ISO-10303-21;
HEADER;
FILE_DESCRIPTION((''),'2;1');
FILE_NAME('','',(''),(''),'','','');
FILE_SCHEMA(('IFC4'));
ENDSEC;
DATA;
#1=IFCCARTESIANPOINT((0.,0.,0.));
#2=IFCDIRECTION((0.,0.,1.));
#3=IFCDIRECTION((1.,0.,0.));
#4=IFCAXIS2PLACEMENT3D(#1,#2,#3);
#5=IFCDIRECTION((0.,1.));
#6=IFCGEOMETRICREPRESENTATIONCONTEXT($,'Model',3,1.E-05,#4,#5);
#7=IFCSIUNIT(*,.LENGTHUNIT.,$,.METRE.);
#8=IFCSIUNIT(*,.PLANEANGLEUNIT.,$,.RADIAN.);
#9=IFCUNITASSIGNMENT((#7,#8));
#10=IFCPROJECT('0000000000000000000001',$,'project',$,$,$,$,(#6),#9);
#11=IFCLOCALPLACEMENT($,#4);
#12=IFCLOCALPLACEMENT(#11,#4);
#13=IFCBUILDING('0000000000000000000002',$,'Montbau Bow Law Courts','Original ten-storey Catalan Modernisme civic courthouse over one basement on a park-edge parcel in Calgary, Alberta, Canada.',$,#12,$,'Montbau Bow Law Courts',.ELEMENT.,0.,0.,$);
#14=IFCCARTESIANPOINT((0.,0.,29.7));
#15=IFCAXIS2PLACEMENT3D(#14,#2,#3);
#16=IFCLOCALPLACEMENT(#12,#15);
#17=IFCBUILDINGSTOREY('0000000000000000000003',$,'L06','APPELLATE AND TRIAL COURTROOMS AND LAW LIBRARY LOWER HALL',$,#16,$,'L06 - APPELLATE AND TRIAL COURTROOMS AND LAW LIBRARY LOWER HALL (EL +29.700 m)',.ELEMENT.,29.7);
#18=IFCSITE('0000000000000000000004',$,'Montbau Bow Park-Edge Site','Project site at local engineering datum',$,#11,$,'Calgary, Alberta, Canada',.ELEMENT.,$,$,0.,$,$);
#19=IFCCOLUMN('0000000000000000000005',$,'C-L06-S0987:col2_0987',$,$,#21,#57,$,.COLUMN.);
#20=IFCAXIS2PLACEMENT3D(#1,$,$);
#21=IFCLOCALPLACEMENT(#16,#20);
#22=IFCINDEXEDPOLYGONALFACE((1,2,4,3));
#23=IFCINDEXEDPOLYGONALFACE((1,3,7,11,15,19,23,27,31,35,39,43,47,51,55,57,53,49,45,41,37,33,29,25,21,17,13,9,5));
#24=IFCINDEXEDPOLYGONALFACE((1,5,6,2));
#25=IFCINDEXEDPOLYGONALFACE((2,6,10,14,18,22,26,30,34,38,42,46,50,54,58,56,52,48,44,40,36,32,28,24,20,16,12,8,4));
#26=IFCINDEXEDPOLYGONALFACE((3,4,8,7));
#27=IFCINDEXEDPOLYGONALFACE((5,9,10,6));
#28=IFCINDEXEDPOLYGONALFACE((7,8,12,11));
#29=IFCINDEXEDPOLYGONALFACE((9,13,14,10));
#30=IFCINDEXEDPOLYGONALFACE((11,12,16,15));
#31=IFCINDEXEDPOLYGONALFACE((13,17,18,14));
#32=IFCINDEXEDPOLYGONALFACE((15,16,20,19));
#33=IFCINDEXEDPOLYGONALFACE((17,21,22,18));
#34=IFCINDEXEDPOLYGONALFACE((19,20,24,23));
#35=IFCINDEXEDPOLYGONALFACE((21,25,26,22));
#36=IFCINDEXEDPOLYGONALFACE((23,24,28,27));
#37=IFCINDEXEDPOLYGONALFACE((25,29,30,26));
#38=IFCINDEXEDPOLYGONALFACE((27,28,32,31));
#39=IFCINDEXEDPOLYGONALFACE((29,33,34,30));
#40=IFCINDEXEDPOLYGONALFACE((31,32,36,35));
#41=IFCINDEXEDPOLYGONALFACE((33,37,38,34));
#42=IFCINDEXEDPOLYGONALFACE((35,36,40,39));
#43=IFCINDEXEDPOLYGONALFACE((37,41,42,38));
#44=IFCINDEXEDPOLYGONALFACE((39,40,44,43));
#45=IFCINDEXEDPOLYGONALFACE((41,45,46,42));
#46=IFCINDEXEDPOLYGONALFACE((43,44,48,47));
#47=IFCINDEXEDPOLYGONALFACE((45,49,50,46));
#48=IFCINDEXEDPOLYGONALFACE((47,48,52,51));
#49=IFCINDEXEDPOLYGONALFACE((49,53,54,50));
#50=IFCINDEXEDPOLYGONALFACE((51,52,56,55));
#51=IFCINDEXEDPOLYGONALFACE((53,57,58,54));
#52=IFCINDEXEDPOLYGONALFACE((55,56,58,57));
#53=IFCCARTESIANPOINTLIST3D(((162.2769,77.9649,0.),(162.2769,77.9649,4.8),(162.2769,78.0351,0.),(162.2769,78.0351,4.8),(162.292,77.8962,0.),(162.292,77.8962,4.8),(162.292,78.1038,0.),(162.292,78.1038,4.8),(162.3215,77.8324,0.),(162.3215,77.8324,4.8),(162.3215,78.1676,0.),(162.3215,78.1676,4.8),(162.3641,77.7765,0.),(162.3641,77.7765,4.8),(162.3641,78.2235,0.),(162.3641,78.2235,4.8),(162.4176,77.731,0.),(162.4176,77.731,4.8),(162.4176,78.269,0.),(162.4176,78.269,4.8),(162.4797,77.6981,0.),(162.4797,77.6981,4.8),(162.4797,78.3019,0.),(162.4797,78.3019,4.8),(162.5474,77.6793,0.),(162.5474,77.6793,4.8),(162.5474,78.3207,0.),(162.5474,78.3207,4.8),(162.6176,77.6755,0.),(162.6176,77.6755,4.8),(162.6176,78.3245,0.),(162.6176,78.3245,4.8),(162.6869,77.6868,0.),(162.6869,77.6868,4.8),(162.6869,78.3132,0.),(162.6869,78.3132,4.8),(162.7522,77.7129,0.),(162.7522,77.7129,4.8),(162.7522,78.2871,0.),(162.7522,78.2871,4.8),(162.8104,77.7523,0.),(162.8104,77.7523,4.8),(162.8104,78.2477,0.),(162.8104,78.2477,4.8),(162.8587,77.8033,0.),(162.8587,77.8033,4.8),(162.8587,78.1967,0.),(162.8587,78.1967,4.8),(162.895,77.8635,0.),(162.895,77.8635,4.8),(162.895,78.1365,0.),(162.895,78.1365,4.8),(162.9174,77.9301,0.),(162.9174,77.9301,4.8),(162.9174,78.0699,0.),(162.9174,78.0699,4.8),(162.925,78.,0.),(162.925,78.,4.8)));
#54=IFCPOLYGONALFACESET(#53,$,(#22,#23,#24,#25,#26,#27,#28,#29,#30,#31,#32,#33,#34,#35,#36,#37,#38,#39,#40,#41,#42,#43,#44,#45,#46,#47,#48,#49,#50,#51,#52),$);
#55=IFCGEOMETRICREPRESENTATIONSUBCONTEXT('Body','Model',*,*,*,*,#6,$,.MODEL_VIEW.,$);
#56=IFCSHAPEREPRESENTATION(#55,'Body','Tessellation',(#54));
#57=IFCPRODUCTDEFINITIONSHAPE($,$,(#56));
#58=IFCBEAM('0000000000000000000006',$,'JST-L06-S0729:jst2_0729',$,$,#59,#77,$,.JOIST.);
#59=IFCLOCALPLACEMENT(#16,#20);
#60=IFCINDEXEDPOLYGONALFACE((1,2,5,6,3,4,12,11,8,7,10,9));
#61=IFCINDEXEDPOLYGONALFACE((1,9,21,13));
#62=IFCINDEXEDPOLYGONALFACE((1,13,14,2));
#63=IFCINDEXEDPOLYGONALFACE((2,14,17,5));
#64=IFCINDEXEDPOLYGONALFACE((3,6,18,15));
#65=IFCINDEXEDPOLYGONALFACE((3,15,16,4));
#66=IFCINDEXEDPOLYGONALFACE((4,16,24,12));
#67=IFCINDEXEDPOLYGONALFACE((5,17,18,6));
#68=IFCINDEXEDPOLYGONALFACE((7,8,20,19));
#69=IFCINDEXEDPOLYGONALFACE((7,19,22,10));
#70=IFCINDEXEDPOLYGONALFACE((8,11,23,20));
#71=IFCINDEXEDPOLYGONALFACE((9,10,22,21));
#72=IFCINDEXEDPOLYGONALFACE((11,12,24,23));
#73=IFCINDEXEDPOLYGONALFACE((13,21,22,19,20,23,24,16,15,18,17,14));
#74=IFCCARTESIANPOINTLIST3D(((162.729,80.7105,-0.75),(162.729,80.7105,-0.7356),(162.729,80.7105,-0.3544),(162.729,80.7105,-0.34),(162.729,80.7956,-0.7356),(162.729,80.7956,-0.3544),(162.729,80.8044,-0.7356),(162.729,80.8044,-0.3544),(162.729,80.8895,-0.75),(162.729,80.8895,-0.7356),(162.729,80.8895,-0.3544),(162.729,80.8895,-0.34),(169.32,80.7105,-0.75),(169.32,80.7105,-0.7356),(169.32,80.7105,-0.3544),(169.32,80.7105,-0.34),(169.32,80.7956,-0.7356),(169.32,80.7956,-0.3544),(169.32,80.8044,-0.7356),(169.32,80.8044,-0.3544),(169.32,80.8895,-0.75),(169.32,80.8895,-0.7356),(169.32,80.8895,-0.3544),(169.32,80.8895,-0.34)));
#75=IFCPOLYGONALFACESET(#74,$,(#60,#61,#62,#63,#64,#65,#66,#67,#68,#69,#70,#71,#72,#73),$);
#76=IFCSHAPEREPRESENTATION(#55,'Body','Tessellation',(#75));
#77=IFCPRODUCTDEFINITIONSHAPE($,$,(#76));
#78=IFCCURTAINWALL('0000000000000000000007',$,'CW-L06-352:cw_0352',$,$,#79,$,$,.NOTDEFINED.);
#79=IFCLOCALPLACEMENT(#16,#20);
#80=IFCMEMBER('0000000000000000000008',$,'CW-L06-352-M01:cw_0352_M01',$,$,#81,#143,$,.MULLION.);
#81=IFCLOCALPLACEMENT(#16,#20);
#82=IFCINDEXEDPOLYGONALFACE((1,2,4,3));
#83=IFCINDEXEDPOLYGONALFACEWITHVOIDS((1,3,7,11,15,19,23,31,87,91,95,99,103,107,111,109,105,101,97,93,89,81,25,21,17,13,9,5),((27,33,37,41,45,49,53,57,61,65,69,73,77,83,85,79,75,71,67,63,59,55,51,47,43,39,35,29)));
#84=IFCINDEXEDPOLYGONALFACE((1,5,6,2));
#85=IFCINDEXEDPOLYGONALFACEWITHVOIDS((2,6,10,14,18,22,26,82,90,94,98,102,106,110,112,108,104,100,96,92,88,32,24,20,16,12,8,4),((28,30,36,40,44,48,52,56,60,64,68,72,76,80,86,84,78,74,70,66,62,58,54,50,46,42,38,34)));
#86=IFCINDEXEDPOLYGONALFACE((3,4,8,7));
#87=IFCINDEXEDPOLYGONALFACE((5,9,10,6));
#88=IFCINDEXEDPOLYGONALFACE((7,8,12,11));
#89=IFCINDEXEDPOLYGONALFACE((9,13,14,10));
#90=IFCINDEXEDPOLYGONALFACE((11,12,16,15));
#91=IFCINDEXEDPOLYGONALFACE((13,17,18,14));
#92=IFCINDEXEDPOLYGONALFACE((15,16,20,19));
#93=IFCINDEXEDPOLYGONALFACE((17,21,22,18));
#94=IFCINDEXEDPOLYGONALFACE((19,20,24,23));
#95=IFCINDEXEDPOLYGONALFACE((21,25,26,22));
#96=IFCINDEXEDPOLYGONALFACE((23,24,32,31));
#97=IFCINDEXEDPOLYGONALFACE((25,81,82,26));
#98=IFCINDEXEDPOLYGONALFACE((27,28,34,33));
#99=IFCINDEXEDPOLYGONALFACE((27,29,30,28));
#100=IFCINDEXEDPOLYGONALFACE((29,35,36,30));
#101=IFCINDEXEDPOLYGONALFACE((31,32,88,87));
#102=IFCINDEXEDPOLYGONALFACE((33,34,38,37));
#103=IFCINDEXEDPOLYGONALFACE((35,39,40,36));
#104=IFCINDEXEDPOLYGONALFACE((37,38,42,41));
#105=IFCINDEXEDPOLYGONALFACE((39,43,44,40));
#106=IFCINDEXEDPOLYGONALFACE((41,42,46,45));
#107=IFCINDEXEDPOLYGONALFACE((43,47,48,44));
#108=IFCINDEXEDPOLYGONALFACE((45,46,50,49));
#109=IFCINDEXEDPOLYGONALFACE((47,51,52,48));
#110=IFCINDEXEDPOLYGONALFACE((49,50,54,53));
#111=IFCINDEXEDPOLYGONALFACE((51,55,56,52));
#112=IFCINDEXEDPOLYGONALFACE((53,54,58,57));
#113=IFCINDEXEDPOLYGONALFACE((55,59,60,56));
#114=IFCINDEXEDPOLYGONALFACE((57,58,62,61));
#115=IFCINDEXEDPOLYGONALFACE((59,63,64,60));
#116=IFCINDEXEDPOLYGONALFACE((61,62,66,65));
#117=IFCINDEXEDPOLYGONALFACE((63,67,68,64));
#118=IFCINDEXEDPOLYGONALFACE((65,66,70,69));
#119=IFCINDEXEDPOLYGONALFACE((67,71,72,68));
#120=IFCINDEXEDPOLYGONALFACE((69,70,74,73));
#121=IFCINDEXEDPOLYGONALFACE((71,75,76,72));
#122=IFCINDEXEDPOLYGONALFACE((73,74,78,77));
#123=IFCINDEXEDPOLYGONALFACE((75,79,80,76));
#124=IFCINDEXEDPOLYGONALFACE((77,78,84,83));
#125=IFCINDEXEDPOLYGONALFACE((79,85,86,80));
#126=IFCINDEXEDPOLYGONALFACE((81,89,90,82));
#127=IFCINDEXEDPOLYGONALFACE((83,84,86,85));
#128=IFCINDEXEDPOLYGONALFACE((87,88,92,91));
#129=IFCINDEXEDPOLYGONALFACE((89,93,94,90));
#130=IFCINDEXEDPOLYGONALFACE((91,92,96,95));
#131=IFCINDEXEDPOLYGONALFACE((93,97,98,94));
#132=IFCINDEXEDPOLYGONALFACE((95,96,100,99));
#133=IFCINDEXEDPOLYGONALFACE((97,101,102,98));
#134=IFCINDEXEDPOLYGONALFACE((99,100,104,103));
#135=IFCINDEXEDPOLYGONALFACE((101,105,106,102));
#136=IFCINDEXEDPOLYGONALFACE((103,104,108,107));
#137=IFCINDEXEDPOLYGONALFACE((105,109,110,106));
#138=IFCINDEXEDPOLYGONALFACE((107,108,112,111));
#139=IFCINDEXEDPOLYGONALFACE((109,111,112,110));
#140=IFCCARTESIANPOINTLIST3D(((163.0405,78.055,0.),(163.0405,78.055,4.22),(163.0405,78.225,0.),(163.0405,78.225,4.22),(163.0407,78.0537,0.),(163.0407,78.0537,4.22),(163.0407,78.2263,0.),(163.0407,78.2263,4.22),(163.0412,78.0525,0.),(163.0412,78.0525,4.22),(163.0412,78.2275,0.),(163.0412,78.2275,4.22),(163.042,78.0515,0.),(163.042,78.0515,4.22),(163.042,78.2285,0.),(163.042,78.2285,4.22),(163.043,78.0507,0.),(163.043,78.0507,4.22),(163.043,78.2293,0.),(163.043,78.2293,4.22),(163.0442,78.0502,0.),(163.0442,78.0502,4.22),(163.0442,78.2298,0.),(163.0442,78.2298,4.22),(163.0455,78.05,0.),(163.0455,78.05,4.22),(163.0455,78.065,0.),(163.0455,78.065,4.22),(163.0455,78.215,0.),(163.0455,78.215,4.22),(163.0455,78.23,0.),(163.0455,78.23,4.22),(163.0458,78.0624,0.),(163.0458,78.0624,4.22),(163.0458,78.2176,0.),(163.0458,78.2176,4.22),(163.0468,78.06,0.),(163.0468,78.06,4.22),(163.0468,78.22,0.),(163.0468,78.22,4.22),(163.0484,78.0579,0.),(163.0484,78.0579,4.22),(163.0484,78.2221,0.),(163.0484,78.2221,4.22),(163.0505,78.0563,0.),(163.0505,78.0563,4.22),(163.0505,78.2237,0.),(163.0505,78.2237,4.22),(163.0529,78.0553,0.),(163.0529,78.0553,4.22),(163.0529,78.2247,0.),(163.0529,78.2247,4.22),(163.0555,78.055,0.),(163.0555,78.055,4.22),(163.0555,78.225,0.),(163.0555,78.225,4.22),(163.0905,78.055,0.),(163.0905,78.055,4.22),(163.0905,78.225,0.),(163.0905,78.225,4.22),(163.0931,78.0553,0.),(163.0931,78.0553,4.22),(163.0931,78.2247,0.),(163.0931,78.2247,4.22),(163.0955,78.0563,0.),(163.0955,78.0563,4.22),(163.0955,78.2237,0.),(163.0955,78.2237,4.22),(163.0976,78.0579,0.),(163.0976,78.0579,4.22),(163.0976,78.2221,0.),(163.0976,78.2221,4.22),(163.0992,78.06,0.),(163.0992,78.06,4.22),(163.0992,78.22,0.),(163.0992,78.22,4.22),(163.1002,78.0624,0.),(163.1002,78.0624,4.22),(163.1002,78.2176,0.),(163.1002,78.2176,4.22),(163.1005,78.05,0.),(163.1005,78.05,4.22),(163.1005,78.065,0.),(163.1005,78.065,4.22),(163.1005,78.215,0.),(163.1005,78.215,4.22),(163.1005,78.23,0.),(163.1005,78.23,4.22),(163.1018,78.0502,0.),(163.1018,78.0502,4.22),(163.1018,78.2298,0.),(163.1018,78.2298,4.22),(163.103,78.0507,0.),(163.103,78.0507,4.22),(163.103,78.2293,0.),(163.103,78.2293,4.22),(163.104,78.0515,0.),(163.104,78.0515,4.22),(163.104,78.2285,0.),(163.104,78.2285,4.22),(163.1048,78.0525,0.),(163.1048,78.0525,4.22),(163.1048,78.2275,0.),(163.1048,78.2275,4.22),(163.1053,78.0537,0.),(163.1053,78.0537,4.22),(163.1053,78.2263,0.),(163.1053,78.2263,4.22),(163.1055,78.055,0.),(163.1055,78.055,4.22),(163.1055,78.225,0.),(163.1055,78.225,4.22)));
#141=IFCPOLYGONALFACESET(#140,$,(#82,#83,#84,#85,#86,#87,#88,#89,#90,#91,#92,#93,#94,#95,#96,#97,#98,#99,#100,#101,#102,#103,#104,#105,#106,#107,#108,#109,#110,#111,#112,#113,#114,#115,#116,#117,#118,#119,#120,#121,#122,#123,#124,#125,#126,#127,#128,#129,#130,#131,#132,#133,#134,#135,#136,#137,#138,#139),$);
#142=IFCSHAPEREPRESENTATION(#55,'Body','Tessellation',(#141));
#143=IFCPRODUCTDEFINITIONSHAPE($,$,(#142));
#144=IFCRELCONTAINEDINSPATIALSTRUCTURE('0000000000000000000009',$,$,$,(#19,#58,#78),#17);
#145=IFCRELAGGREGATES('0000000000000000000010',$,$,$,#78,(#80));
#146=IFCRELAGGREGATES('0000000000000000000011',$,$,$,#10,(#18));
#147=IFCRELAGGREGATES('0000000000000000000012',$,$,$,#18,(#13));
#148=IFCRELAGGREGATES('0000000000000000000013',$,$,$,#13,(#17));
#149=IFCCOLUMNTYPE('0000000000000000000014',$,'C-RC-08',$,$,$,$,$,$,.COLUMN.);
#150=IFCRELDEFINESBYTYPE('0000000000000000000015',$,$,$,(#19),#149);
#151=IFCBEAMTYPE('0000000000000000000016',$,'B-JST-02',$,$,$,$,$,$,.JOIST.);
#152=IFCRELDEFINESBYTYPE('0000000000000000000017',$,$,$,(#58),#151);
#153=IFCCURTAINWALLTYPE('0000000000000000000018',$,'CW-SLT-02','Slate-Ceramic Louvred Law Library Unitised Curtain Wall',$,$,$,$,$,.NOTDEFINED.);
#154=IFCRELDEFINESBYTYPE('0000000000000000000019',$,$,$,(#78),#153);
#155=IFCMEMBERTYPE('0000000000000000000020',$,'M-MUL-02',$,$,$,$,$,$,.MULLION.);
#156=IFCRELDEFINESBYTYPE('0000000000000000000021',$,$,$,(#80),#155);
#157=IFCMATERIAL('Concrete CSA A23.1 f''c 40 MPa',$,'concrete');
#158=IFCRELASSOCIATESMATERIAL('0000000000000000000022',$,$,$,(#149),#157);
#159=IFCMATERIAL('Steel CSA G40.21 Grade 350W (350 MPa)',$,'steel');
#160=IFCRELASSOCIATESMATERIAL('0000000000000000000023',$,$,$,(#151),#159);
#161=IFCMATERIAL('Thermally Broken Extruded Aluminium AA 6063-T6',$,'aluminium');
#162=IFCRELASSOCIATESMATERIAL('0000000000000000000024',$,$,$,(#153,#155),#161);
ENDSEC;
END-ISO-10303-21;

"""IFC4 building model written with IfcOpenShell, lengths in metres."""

from ifc_helpers import new_model, si_unit, direction, frame, origin_with_axes, origin_2d_with_axis, place, context, subcontext, project, spatial, hollow_rectangle, circle, i_section, extrude, material, material_profile, profile_set, type_object, element, aggregate, save


model = new_model("IFC4")

# Units and contexts
model_context = context("Model", 3, precision=1e-05, world=origin_with_axes(), true_north=direction((0.0, 1.0)))
body_context = subcontext(model_context, "Body", "Model", "MODEL_VIEW")
ifc_project = project(units=[si_unit("LENGTHUNIT", "METRE"), si_unit("PLANEANGLEUNIT", "RADIAN")], contexts=[model_context])

# Site, building, storey
site_placement = place(None, origin_with_axes())
site = spatial("IfcSite", under=ifc_project, at=site_placement, Name="Montbau Bow Park-Edge Site", Description="Project site at local engineering datum", LongName="Calgary, Alberta, Canada", CompositionType="ELEMENT", RefElevation=0.0)
building_placement = place(site_placement, origin_with_axes())
building = spatial("IfcBuilding", under=site, at=building_placement, Name="Montbau Bow Law Courts", Description="Original ten-storey Catalan Modernisme civic courthouse over one basement on a park-edge parcel in Calgary, Alberta, Canada.", LongName="Montbau Bow Law Courts", CompositionType="ELEMENT", ElevationOfRefHeight=0.0, ElevationOfTerrain=0.0)
storey_placement = place(building_placement, frame((0.0, 0.0, 29.7), z_axis=(0.0, 0.0, 1.0), x_axis=(1.0, 0.0, 0.0)))
storey = spatial("IfcBuildingStorey", under=building, at=storey_placement, Name="L06", Description="APPELLATE AND TRIAL COURTROOMS AND LAW LIBRARY LOWER HALL", LongName="L06 - APPELLATE AND TRIAL COURTROOMS AND LAW LIBRARY LOWER HALL (EL +29.700 m)", CompositionType="ELEMENT", Elevation=29.7)

# Column
ifc_material_1 = material(Name="Concrete CSA A23.1 f'c 40 MPa", Category="concrete")
ifc_material_profile_1 = material_profile(ifc_material_1, circle(Radius=0.325, at=origin_2d_with_axis()), Name="RC650D", Category="Main", Priority=0)
ifc_profile_set_1 = profile_set([ifc_material_profile_1], Name="Concrete CSA A23.1 f'c 40 MPa")
column_type = type_object("IfcColumnType", Name="C-RC-08", PredefinedType="COLUMN", material=ifc_profile_set_1)
column_placement = place(None, frame((162.6, 78.0, 29.7), z_axis=(0.0, 0.0, 1.0), x_axis=(1.0, 0.0, 0.0)))
element("IfcColumn", 1, at=column_placement, inside=storey, type_object=column_type, Name="C-L06-S0987:col2_0987", PredefinedType="COLUMN", context=body_context, shape_type="SweptSolid", body=[
    extrude(circle(Radius=0.325, at=origin_2d_with_axis()), origin_with_axes(), (0.0, 0.0, 1.0), 4.8),
])

# Beam
ifc_material_2 = material(Name="Steel CSA G40.21 Grade 350W (350 MPa)", Category="steel")
ifc_material_profile_2 = material_profile(ifc_material_2, i_section(OverallWidth=0.179, OverallDepth=0.41, WebThickness=0.0088, FlangeThickness=0.0144, at=origin_2d_with_axis()), Name="W410X67", Category="Main", Priority=0)
ifc_profile_set_2 = profile_set([ifc_material_profile_2], Name="Steel CSA G40.21 Grade 350W (350 MPa)")
beam_type = type_object("IfcBeamType", Name="B-JST-02", PredefinedType="JOIST", material=ifc_profile_set_2)
beam_placement = place(None, frame((162.729, 80.8, 29.155), z_axis=(1.0, 0.0, 0.0), x_axis=(0.0, 1.0, 0.0)))
element("IfcBeam", 2, at=beam_placement, inside=storey, type_object=beam_type, Name="JST-L06-S0729:jst2_0729", PredefinedType="JOIST", context=body_context, shape_type="SweptSolid", body=[
    extrude(i_section(OverallWidth=0.179, OverallDepth=0.41, WebThickness=0.0088, FlangeThickness=0.0144, at=origin_2d_with_axis()), origin_with_axes(), (0.0, 0.0, 1.0), 6.591),
])

# Curtain wall, member
ifc_material_3 = material(Name="Thermally Broken Extruded Aluminium AA 6063-T6", Category="aluminium")
curtain_wall_type = type_object("IfcCurtainWallType", Name="CW-SLT-02", Description="Slate-Ceramic Louvred Law Library Unitised Curtain Wall", PredefinedType="NOTDEFINED", material=ifc_material_3)
curtain_wall_placement = place(None, frame((163.04, 78.14, 29.7), z_axis=(0.0, 0.0, 1.0), x_axis=(1.0, 0.0, 0.0)))
curtain_wall = element("IfcCurtainWall", 3, at=curtain_wall_placement, inside=storey, type_object=curtain_wall_type, Name="CW-L06-352:cw_0352", PredefinedType="NOTDEFINED")
ifc_material_profile_3 = material_profile(ifc_material_3, hollow_rectangle(XDim=0.065, YDim=0.18, WallThickness=0.005, InnerFilletRadius=0.01, OuterFilletRadius=0.005, at=origin_2d_with_axis()), Name="CWM-180X65", Category="Main", Priority=0)
ifc_profile_set_3 = profile_set([ifc_material_profile_3], Name="Thermally Broken Extruded Aluminium AA 6063-T6")
member_type_1 = type_object("IfcMemberType", Name="M-MUL-02", PredefinedType="MULLION", material=ifc_profile_set_3)
member_1_placement = place(None, frame((163.073, 78.14, 29.7), z_axis=(0.0, 0.0, 1.0), x_axis=(1.0, 0.0, 0.0)))
member_1 = element("IfcMember", 4, at=member_1_placement, type_object=member_type_1, Name="CW-L06-352-M01:cw_0352_M01", PredefinedType="MULLION", context=body_context, shape_type="SweptSolid", body=[
    extrude(hollow_rectangle(XDim=0.065, YDim=0.18, WallThickness=0.005, InnerFilletRadius=0.01, OuterFilletRadius=0.005, at=origin_2d_with_axis()), origin_with_axes(), (0.0, 0.0, 1.0), 4.22),
])
aggregate(curtain_wall, [member_1])

save(model, "model.ifc")
